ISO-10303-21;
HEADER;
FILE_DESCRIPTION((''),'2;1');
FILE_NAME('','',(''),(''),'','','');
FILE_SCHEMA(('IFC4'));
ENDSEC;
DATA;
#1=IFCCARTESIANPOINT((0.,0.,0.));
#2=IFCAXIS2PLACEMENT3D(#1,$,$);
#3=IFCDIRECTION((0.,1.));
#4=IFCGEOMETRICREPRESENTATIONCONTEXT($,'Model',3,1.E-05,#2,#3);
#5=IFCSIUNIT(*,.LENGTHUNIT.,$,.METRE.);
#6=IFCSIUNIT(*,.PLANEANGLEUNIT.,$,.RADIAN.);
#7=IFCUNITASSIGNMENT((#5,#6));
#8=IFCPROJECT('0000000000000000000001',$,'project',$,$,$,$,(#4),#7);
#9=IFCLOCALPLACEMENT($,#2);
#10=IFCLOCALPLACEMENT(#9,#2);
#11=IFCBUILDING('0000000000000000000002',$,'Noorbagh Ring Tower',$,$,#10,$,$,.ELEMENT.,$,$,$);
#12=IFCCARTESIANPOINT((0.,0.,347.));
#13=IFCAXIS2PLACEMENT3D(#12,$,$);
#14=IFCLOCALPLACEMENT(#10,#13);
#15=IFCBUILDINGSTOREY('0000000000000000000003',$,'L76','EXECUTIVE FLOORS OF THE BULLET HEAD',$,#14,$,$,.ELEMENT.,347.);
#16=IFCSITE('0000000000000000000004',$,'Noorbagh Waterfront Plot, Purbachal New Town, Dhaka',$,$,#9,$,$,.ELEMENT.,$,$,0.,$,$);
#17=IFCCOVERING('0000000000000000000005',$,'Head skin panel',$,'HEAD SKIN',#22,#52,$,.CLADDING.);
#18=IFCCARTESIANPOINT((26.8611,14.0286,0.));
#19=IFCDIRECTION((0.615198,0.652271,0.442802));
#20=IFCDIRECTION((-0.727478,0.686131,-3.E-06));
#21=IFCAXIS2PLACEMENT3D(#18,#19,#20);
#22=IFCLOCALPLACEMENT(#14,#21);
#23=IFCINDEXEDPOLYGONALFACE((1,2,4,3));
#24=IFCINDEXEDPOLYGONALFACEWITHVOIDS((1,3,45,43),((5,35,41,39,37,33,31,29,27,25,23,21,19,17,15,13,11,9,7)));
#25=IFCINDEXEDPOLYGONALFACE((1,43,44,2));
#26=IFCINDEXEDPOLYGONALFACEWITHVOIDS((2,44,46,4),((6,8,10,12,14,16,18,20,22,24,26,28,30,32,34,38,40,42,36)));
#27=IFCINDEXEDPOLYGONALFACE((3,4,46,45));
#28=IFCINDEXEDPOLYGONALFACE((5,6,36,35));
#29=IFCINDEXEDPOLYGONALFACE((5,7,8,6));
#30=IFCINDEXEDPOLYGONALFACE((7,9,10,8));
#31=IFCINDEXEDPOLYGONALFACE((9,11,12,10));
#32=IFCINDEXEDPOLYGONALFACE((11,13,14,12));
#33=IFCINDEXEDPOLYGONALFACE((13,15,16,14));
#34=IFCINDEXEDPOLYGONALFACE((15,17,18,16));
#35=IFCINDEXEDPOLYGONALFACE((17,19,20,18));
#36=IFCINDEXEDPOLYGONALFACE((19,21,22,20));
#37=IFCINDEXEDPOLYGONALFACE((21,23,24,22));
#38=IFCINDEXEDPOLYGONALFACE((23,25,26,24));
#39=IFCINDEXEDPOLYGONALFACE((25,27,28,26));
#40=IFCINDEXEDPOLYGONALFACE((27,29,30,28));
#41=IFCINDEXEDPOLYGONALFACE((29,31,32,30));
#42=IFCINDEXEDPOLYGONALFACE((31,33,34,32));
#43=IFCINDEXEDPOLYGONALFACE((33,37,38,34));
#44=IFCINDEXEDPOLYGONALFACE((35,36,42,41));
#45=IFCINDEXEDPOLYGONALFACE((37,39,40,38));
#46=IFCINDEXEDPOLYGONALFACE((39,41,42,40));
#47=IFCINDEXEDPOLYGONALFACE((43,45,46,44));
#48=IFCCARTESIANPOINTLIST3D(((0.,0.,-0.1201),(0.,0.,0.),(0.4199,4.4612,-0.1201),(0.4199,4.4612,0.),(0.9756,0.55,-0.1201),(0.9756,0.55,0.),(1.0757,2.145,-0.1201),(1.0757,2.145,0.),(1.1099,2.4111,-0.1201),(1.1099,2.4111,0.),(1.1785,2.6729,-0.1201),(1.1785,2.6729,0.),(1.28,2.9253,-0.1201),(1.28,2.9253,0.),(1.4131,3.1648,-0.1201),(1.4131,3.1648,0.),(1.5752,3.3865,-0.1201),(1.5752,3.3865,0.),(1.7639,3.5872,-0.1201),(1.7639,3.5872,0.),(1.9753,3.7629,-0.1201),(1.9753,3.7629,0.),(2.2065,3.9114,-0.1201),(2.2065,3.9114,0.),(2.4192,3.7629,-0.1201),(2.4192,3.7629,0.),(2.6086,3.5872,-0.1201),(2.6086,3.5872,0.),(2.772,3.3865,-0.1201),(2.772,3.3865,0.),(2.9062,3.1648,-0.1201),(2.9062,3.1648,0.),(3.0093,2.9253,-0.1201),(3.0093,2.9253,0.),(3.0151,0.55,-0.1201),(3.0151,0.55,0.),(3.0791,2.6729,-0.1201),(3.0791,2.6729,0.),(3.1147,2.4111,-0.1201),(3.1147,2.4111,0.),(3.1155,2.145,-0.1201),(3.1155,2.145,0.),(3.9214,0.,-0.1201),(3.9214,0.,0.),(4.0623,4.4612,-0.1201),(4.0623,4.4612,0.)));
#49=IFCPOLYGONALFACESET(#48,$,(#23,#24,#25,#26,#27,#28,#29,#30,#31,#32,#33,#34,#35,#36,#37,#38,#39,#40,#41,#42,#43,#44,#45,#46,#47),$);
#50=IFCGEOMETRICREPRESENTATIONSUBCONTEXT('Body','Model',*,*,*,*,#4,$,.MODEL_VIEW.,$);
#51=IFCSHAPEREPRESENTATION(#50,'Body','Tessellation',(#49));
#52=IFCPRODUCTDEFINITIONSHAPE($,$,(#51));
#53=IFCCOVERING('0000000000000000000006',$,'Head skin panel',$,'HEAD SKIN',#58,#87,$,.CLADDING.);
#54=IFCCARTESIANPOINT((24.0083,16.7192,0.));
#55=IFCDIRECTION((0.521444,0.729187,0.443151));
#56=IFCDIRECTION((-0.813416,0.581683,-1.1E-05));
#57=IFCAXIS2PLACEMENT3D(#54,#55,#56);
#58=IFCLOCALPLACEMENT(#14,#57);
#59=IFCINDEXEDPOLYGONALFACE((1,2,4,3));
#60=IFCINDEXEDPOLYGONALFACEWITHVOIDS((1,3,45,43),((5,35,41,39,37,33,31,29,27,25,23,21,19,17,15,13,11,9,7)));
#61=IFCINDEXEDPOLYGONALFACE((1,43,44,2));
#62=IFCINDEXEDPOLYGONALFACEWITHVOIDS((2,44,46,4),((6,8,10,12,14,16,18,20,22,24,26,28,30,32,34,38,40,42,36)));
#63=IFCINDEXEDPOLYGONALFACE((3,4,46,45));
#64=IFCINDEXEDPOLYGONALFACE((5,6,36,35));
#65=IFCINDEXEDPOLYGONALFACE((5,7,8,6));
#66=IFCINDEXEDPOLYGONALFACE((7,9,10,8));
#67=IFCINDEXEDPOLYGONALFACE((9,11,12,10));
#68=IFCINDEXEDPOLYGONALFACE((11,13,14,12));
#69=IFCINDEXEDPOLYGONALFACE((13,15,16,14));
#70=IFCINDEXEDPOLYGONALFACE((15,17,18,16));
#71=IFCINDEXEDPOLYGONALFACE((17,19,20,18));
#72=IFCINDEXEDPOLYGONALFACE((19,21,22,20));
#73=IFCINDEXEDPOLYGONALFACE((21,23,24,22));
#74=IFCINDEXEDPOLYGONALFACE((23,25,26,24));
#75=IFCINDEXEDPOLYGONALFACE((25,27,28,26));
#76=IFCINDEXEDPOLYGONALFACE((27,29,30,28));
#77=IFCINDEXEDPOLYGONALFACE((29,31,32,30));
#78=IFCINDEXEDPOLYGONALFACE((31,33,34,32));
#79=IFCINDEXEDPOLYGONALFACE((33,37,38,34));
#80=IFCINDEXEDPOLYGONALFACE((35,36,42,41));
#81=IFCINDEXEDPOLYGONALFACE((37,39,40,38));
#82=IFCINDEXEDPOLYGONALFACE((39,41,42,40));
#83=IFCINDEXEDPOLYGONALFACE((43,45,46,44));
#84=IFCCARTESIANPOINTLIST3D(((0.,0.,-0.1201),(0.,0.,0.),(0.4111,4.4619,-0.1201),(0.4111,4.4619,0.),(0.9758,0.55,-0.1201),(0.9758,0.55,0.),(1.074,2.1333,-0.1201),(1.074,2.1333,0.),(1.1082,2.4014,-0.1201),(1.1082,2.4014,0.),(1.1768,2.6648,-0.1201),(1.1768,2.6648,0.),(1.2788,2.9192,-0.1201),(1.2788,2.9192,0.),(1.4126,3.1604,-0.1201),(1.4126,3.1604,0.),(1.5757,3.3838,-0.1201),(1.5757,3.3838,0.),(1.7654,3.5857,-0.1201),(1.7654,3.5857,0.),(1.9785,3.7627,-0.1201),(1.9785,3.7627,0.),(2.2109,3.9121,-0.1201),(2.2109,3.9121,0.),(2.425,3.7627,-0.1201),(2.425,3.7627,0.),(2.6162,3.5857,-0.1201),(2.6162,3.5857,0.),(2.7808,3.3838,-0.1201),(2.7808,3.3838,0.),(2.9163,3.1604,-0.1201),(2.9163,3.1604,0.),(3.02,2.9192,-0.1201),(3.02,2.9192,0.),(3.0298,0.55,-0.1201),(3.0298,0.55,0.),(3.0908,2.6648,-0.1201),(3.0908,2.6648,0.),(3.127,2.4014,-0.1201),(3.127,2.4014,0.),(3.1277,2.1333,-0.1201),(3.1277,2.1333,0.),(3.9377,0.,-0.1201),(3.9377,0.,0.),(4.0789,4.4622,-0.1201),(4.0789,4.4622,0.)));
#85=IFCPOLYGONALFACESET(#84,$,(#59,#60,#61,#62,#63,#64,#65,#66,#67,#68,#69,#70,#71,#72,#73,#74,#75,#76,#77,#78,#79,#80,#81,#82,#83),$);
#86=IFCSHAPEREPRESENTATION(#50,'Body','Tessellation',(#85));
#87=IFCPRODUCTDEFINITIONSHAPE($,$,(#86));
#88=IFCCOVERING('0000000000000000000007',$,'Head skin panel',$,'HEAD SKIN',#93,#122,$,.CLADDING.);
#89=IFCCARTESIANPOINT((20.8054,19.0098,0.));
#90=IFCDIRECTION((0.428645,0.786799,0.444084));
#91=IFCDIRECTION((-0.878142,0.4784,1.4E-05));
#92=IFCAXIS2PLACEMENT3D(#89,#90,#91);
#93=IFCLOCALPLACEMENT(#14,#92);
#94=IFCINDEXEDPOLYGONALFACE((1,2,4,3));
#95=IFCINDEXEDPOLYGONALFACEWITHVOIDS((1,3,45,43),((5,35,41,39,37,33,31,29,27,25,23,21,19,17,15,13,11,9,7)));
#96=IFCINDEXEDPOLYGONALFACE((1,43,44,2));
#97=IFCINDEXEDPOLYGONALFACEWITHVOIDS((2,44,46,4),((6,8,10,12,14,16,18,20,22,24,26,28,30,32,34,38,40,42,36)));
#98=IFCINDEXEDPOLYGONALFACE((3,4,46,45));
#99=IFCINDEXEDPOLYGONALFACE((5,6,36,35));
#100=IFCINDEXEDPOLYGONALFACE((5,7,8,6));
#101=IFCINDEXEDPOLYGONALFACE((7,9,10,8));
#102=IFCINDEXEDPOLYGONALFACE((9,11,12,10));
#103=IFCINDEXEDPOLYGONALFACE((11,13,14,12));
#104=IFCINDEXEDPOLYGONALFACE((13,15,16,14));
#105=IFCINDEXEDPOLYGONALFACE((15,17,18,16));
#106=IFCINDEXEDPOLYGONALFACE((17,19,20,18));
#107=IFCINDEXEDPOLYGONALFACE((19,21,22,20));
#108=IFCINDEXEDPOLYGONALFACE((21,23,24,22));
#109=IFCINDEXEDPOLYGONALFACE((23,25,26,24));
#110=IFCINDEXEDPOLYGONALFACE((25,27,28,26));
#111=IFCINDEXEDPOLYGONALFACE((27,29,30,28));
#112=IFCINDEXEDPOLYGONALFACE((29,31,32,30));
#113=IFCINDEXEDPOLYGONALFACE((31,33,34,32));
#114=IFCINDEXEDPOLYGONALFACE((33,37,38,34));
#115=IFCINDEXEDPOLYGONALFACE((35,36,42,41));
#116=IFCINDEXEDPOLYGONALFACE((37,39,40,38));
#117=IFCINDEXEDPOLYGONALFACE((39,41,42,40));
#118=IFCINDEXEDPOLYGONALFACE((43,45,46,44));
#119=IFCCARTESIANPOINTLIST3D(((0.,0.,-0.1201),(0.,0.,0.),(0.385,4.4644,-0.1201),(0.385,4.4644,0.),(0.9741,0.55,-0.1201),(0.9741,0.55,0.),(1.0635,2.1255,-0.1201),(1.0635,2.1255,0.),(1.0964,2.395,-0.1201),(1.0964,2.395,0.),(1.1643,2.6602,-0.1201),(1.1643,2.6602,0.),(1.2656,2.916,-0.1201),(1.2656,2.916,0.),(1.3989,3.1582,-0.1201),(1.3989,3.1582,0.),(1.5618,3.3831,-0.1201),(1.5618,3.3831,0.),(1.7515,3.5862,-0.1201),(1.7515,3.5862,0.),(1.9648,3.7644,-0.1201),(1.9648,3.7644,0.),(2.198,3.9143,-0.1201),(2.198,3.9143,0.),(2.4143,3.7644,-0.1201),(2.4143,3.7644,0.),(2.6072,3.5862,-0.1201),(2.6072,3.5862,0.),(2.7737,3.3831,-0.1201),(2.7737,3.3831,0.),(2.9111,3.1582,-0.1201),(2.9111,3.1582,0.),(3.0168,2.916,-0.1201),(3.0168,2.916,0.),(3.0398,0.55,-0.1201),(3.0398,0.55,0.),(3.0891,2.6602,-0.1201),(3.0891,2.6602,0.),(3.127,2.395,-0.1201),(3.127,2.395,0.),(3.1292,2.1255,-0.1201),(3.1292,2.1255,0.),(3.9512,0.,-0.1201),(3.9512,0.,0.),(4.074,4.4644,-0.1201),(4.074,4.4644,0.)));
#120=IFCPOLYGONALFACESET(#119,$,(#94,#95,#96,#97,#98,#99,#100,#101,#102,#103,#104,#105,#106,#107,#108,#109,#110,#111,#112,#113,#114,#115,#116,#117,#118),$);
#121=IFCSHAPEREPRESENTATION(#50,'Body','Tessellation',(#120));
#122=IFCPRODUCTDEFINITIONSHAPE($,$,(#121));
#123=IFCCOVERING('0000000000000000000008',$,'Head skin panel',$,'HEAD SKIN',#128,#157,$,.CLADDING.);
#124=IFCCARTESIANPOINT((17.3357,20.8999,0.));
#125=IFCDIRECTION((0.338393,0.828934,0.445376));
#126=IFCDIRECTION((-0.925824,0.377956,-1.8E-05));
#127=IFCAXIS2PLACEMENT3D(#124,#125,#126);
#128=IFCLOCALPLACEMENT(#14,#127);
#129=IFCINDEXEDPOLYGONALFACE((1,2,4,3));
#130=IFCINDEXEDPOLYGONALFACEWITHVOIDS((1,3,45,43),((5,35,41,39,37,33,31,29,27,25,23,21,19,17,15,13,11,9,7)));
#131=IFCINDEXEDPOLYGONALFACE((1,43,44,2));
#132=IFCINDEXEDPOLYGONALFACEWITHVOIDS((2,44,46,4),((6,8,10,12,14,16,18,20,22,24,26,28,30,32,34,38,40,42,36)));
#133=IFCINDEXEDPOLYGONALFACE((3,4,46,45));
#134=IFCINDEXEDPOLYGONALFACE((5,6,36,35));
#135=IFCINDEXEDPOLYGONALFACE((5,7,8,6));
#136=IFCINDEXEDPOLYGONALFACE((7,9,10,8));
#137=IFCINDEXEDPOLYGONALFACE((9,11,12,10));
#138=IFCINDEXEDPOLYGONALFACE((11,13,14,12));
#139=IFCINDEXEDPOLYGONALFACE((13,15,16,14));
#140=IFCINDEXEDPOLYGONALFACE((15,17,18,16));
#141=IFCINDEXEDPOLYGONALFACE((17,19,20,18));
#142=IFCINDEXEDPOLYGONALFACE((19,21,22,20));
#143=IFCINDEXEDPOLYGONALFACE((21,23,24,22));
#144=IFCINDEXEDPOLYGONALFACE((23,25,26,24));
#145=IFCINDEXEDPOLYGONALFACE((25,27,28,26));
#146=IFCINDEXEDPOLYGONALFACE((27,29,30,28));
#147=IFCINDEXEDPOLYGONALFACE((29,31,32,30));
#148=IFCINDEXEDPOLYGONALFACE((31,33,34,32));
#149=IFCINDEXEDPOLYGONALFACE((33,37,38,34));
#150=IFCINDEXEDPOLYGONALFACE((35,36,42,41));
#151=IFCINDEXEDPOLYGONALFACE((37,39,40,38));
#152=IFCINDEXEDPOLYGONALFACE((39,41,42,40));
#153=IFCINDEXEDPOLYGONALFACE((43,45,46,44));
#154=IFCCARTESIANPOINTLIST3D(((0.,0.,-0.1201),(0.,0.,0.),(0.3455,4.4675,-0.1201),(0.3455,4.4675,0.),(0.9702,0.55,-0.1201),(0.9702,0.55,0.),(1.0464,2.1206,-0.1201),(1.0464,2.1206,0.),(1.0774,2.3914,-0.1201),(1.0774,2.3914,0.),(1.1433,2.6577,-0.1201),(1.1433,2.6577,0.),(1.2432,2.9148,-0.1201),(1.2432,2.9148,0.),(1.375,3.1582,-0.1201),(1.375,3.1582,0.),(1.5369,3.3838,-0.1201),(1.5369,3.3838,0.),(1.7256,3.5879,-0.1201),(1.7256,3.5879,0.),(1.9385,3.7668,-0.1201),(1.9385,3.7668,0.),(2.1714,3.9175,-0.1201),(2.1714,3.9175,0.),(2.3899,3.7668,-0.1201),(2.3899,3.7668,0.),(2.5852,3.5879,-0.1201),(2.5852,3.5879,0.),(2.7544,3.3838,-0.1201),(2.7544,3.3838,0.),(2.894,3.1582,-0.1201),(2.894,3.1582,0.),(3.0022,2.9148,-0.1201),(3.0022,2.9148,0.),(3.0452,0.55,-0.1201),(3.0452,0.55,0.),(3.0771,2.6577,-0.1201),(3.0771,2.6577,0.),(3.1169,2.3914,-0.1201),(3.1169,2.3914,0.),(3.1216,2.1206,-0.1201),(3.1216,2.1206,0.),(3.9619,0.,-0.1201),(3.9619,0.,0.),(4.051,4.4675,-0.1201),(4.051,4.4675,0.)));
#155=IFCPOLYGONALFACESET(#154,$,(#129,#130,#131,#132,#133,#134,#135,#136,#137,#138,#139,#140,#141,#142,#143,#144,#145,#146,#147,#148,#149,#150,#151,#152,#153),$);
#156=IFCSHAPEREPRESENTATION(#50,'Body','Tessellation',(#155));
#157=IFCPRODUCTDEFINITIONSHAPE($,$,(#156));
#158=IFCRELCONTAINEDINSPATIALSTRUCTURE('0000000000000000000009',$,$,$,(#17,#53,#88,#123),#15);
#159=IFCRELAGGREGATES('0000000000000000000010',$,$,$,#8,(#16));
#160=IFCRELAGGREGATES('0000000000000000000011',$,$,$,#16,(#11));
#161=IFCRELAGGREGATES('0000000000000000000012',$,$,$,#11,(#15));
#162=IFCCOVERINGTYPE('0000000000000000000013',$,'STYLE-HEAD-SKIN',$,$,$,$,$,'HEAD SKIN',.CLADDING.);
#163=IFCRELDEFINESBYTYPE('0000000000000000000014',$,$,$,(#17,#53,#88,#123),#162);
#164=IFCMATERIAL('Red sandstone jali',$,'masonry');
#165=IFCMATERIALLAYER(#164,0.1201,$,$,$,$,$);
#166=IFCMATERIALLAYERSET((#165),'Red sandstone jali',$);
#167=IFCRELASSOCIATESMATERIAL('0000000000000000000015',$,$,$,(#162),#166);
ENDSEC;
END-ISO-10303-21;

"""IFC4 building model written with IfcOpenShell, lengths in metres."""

from ifc_helpers import new_model, si_unit, direction, frame, origin, place, context, subcontext, project, spatial, polyline, outline, extrude, material, layer, layer_set, type_object, element, save


model = new_model("IFC4")

# Units and contexts
model_context = context("Model", 3, precision=1e-05, world=origin(), true_north=direction((0.0, 1.0)))
body_context = subcontext(model_context, "Body", "Model", "MODEL_VIEW")
ifc_project = project(units=[si_unit("LENGTHUNIT", "METRE"), si_unit("PLANEANGLEUNIT", "RADIAN")], contexts=[model_context])

# Site, building, storey
site_placement = place(None, origin())
site = spatial("IfcSite", under=ifc_project, at=site_placement, Name="Noorbagh Waterfront Plot, Purbachal New Town, Dhaka", CompositionType="ELEMENT", RefElevation=0.0)
building_placement = place(site_placement, origin())
building = spatial("IfcBuilding", under=site, at=building_placement, Name="Noorbagh Ring Tower", CompositionType="ELEMENT")
storey_placement = place(building_placement, frame((0.0, 0.0, 347.0)))
storey = spatial("IfcBuildingStorey", under=building, at=storey_placement, Name="L76", Description="EXECUTIVE FLOORS OF THE BULLET HEAD", CompositionType="ELEMENT", Elevation=347.0)

# Coverings
ifc_material_1 = material(Name="Red sandstone jali", Category="masonry")
ifc_layer_1 = layer(ifc_material_1, 0.1201)
ifc_layer_set_1 = layer_set([ifc_layer_1], Name="Red sandstone jali")
covering_type_1 = type_object("IfcCoveringType", Name="STYLE-HEAD-SKIN", ElementType="HEAD SKIN", PredefinedType="CLADDING", material=ifc_layer_set_1)
covering_1_placement = place(storey_placement, frame((26.8611, 14.0286, 0.0), z_axis=(0.615198, 0.652271, 0.442802), x_axis=(-0.727478, 0.686131, -0.000003)))
element("IfcCovering", 1, at=covering_1_placement, inside=storey, type_object=covering_type_1, Name="Head skin panel", ObjectType="HEAD SKIN", PredefinedType="CLADDING", context=body_context, shape_type="SweptSolid", body=[
    extrude(outline(polyline([(0.0, 0.0), (3.9214, 0.0), (4.0623, 4.4612), (0.4199, 4.4612), (0.0, 0.0)]), holes=[polyline([(0.9756, 0.55), (1.0757, 2.145), (1.1099, 2.4111), (1.1785, 2.6729), (1.28, 2.9253), (1.4131, 3.1648), (1.5752, 3.3865), (1.7639, 3.5872), (1.9753, 3.7629), (2.2065, 3.9114), (2.4192, 3.7629), (2.6086, 3.5872), (2.772, 3.3865), (2.9062, 3.1648), (3.0093, 2.9253), (3.0791, 2.6729), (3.1147, 2.4111), (3.1155, 2.145), (3.0151, 0.55), (0.9756, 0.55)])]), origin(), (0.0, 0.0, -1.0), 0.1201),
])
covering_2_placement = place(storey_placement, frame((24.0083, 16.7192, 0.0), z_axis=(0.521444, 0.729187, 0.443151), x_axis=(-0.813416, 0.581683, -0.000011)))
element("IfcCovering", 2, at=covering_2_placement, inside=storey, type_object=covering_type_1, Name="Head skin panel", ObjectType="HEAD SKIN", PredefinedType="CLADDING", context=body_context, shape_type="SweptSolid", body=[
    extrude(outline(polyline([(0.0, 0.0), (3.9377, 0.0), (4.0789, 4.4622), (0.4111, 4.4619), (0.0, 0.0)]), holes=[polyline([(0.9758, 0.55), (1.074, 2.1333), (1.1082, 2.4014), (1.1768, 2.6648), (1.2788, 2.9192), (1.4126, 3.1604), (1.5757, 3.3838), (1.7654, 3.5857), (1.9785, 3.7627), (2.2109, 3.9121), (2.425, 3.7627), (2.6162, 3.5857), (2.7808, 3.3838), (2.9163, 3.1604), (3.02, 2.9192), (3.0908, 2.6648), (3.127, 2.4014), (3.1277, 2.1333), (3.0298, 0.55), (0.9758, 0.55)])]), origin(), (0.0, 0.0, -1.0), 0.1201),
])
covering_3_placement = place(storey_placement, frame((20.8054, 19.0098, 0.0), z_axis=(0.428645, 0.786799, 0.444084), x_axis=(-0.878142, 0.4784, 0.000014)))
element("IfcCovering", 3, at=covering_3_placement, inside=storey, type_object=covering_type_1, Name="Head skin panel", ObjectType="HEAD SKIN", PredefinedType="CLADDING", context=body_context, shape_type="SweptSolid", body=[
    extrude(outline(polyline([(0.0, 0.0), (3.9512, 0.0), (4.074, 4.4644), (0.385, 4.4644), (0.0, 0.0)]), holes=[polyline([(0.9741, 0.55), (1.0635, 2.1255), (1.0964, 2.395), (1.1643, 2.6602), (1.2656, 2.916), (1.3989, 3.1582), (1.5618, 3.3831), (1.7515, 3.5862), (1.9648, 3.7644), (2.198, 3.9143), (2.4143, 3.7644), (2.6072, 3.5862), (2.7737, 3.3831), (2.9111, 3.1582), (3.0168, 2.916), (3.0891, 2.6602), (3.127, 2.395), (3.1292, 2.1255), (3.0398, 0.55), (0.9741, 0.55)])]), origin(), (0.0, 0.0, -1.0), 0.1201),
])
covering_4_placement = place(storey_placement, frame((17.3357, 20.8999, 0.0), z_axis=(0.338393, 0.828934, 0.445376), x_axis=(-0.925824, 0.377956, -0.000018)))
element("IfcCovering", 4, at=covering_4_placement, inside=storey, type_object=covering_type_1, Name="Head skin panel", ObjectType="HEAD SKIN", PredefinedType="CLADDING", context=body_context, shape_type="SweptSolid", body=[
    extrude(outline(polyline([(0.0, 0.0), (3.9619, 0.0), (4.051, 4.4675), (0.3455, 4.4675), (0.0, 0.0)]), holes=[polyline([(0.9702, 0.55), (1.0464, 2.1206), (1.0774, 2.3914), (1.1433, 2.6577), (1.2432, 2.9148), (1.375, 3.1582), (1.5369, 3.3838), (1.7256, 3.5879), (1.9385, 3.7668), (2.1714, 3.9175), (2.3899, 3.7668), (2.5852, 3.5879), (2.7544, 3.3838), (2.894, 3.1582), (3.0022, 2.9148), (3.0771, 2.6577), (3.1169, 2.3914), (3.1216, 2.1206), (3.0452, 0.55), (0.9702, 0.55)])]), origin(), (0.0, 0.0, -1.0), 0.1201),
])

save(model, "model.ifc")
